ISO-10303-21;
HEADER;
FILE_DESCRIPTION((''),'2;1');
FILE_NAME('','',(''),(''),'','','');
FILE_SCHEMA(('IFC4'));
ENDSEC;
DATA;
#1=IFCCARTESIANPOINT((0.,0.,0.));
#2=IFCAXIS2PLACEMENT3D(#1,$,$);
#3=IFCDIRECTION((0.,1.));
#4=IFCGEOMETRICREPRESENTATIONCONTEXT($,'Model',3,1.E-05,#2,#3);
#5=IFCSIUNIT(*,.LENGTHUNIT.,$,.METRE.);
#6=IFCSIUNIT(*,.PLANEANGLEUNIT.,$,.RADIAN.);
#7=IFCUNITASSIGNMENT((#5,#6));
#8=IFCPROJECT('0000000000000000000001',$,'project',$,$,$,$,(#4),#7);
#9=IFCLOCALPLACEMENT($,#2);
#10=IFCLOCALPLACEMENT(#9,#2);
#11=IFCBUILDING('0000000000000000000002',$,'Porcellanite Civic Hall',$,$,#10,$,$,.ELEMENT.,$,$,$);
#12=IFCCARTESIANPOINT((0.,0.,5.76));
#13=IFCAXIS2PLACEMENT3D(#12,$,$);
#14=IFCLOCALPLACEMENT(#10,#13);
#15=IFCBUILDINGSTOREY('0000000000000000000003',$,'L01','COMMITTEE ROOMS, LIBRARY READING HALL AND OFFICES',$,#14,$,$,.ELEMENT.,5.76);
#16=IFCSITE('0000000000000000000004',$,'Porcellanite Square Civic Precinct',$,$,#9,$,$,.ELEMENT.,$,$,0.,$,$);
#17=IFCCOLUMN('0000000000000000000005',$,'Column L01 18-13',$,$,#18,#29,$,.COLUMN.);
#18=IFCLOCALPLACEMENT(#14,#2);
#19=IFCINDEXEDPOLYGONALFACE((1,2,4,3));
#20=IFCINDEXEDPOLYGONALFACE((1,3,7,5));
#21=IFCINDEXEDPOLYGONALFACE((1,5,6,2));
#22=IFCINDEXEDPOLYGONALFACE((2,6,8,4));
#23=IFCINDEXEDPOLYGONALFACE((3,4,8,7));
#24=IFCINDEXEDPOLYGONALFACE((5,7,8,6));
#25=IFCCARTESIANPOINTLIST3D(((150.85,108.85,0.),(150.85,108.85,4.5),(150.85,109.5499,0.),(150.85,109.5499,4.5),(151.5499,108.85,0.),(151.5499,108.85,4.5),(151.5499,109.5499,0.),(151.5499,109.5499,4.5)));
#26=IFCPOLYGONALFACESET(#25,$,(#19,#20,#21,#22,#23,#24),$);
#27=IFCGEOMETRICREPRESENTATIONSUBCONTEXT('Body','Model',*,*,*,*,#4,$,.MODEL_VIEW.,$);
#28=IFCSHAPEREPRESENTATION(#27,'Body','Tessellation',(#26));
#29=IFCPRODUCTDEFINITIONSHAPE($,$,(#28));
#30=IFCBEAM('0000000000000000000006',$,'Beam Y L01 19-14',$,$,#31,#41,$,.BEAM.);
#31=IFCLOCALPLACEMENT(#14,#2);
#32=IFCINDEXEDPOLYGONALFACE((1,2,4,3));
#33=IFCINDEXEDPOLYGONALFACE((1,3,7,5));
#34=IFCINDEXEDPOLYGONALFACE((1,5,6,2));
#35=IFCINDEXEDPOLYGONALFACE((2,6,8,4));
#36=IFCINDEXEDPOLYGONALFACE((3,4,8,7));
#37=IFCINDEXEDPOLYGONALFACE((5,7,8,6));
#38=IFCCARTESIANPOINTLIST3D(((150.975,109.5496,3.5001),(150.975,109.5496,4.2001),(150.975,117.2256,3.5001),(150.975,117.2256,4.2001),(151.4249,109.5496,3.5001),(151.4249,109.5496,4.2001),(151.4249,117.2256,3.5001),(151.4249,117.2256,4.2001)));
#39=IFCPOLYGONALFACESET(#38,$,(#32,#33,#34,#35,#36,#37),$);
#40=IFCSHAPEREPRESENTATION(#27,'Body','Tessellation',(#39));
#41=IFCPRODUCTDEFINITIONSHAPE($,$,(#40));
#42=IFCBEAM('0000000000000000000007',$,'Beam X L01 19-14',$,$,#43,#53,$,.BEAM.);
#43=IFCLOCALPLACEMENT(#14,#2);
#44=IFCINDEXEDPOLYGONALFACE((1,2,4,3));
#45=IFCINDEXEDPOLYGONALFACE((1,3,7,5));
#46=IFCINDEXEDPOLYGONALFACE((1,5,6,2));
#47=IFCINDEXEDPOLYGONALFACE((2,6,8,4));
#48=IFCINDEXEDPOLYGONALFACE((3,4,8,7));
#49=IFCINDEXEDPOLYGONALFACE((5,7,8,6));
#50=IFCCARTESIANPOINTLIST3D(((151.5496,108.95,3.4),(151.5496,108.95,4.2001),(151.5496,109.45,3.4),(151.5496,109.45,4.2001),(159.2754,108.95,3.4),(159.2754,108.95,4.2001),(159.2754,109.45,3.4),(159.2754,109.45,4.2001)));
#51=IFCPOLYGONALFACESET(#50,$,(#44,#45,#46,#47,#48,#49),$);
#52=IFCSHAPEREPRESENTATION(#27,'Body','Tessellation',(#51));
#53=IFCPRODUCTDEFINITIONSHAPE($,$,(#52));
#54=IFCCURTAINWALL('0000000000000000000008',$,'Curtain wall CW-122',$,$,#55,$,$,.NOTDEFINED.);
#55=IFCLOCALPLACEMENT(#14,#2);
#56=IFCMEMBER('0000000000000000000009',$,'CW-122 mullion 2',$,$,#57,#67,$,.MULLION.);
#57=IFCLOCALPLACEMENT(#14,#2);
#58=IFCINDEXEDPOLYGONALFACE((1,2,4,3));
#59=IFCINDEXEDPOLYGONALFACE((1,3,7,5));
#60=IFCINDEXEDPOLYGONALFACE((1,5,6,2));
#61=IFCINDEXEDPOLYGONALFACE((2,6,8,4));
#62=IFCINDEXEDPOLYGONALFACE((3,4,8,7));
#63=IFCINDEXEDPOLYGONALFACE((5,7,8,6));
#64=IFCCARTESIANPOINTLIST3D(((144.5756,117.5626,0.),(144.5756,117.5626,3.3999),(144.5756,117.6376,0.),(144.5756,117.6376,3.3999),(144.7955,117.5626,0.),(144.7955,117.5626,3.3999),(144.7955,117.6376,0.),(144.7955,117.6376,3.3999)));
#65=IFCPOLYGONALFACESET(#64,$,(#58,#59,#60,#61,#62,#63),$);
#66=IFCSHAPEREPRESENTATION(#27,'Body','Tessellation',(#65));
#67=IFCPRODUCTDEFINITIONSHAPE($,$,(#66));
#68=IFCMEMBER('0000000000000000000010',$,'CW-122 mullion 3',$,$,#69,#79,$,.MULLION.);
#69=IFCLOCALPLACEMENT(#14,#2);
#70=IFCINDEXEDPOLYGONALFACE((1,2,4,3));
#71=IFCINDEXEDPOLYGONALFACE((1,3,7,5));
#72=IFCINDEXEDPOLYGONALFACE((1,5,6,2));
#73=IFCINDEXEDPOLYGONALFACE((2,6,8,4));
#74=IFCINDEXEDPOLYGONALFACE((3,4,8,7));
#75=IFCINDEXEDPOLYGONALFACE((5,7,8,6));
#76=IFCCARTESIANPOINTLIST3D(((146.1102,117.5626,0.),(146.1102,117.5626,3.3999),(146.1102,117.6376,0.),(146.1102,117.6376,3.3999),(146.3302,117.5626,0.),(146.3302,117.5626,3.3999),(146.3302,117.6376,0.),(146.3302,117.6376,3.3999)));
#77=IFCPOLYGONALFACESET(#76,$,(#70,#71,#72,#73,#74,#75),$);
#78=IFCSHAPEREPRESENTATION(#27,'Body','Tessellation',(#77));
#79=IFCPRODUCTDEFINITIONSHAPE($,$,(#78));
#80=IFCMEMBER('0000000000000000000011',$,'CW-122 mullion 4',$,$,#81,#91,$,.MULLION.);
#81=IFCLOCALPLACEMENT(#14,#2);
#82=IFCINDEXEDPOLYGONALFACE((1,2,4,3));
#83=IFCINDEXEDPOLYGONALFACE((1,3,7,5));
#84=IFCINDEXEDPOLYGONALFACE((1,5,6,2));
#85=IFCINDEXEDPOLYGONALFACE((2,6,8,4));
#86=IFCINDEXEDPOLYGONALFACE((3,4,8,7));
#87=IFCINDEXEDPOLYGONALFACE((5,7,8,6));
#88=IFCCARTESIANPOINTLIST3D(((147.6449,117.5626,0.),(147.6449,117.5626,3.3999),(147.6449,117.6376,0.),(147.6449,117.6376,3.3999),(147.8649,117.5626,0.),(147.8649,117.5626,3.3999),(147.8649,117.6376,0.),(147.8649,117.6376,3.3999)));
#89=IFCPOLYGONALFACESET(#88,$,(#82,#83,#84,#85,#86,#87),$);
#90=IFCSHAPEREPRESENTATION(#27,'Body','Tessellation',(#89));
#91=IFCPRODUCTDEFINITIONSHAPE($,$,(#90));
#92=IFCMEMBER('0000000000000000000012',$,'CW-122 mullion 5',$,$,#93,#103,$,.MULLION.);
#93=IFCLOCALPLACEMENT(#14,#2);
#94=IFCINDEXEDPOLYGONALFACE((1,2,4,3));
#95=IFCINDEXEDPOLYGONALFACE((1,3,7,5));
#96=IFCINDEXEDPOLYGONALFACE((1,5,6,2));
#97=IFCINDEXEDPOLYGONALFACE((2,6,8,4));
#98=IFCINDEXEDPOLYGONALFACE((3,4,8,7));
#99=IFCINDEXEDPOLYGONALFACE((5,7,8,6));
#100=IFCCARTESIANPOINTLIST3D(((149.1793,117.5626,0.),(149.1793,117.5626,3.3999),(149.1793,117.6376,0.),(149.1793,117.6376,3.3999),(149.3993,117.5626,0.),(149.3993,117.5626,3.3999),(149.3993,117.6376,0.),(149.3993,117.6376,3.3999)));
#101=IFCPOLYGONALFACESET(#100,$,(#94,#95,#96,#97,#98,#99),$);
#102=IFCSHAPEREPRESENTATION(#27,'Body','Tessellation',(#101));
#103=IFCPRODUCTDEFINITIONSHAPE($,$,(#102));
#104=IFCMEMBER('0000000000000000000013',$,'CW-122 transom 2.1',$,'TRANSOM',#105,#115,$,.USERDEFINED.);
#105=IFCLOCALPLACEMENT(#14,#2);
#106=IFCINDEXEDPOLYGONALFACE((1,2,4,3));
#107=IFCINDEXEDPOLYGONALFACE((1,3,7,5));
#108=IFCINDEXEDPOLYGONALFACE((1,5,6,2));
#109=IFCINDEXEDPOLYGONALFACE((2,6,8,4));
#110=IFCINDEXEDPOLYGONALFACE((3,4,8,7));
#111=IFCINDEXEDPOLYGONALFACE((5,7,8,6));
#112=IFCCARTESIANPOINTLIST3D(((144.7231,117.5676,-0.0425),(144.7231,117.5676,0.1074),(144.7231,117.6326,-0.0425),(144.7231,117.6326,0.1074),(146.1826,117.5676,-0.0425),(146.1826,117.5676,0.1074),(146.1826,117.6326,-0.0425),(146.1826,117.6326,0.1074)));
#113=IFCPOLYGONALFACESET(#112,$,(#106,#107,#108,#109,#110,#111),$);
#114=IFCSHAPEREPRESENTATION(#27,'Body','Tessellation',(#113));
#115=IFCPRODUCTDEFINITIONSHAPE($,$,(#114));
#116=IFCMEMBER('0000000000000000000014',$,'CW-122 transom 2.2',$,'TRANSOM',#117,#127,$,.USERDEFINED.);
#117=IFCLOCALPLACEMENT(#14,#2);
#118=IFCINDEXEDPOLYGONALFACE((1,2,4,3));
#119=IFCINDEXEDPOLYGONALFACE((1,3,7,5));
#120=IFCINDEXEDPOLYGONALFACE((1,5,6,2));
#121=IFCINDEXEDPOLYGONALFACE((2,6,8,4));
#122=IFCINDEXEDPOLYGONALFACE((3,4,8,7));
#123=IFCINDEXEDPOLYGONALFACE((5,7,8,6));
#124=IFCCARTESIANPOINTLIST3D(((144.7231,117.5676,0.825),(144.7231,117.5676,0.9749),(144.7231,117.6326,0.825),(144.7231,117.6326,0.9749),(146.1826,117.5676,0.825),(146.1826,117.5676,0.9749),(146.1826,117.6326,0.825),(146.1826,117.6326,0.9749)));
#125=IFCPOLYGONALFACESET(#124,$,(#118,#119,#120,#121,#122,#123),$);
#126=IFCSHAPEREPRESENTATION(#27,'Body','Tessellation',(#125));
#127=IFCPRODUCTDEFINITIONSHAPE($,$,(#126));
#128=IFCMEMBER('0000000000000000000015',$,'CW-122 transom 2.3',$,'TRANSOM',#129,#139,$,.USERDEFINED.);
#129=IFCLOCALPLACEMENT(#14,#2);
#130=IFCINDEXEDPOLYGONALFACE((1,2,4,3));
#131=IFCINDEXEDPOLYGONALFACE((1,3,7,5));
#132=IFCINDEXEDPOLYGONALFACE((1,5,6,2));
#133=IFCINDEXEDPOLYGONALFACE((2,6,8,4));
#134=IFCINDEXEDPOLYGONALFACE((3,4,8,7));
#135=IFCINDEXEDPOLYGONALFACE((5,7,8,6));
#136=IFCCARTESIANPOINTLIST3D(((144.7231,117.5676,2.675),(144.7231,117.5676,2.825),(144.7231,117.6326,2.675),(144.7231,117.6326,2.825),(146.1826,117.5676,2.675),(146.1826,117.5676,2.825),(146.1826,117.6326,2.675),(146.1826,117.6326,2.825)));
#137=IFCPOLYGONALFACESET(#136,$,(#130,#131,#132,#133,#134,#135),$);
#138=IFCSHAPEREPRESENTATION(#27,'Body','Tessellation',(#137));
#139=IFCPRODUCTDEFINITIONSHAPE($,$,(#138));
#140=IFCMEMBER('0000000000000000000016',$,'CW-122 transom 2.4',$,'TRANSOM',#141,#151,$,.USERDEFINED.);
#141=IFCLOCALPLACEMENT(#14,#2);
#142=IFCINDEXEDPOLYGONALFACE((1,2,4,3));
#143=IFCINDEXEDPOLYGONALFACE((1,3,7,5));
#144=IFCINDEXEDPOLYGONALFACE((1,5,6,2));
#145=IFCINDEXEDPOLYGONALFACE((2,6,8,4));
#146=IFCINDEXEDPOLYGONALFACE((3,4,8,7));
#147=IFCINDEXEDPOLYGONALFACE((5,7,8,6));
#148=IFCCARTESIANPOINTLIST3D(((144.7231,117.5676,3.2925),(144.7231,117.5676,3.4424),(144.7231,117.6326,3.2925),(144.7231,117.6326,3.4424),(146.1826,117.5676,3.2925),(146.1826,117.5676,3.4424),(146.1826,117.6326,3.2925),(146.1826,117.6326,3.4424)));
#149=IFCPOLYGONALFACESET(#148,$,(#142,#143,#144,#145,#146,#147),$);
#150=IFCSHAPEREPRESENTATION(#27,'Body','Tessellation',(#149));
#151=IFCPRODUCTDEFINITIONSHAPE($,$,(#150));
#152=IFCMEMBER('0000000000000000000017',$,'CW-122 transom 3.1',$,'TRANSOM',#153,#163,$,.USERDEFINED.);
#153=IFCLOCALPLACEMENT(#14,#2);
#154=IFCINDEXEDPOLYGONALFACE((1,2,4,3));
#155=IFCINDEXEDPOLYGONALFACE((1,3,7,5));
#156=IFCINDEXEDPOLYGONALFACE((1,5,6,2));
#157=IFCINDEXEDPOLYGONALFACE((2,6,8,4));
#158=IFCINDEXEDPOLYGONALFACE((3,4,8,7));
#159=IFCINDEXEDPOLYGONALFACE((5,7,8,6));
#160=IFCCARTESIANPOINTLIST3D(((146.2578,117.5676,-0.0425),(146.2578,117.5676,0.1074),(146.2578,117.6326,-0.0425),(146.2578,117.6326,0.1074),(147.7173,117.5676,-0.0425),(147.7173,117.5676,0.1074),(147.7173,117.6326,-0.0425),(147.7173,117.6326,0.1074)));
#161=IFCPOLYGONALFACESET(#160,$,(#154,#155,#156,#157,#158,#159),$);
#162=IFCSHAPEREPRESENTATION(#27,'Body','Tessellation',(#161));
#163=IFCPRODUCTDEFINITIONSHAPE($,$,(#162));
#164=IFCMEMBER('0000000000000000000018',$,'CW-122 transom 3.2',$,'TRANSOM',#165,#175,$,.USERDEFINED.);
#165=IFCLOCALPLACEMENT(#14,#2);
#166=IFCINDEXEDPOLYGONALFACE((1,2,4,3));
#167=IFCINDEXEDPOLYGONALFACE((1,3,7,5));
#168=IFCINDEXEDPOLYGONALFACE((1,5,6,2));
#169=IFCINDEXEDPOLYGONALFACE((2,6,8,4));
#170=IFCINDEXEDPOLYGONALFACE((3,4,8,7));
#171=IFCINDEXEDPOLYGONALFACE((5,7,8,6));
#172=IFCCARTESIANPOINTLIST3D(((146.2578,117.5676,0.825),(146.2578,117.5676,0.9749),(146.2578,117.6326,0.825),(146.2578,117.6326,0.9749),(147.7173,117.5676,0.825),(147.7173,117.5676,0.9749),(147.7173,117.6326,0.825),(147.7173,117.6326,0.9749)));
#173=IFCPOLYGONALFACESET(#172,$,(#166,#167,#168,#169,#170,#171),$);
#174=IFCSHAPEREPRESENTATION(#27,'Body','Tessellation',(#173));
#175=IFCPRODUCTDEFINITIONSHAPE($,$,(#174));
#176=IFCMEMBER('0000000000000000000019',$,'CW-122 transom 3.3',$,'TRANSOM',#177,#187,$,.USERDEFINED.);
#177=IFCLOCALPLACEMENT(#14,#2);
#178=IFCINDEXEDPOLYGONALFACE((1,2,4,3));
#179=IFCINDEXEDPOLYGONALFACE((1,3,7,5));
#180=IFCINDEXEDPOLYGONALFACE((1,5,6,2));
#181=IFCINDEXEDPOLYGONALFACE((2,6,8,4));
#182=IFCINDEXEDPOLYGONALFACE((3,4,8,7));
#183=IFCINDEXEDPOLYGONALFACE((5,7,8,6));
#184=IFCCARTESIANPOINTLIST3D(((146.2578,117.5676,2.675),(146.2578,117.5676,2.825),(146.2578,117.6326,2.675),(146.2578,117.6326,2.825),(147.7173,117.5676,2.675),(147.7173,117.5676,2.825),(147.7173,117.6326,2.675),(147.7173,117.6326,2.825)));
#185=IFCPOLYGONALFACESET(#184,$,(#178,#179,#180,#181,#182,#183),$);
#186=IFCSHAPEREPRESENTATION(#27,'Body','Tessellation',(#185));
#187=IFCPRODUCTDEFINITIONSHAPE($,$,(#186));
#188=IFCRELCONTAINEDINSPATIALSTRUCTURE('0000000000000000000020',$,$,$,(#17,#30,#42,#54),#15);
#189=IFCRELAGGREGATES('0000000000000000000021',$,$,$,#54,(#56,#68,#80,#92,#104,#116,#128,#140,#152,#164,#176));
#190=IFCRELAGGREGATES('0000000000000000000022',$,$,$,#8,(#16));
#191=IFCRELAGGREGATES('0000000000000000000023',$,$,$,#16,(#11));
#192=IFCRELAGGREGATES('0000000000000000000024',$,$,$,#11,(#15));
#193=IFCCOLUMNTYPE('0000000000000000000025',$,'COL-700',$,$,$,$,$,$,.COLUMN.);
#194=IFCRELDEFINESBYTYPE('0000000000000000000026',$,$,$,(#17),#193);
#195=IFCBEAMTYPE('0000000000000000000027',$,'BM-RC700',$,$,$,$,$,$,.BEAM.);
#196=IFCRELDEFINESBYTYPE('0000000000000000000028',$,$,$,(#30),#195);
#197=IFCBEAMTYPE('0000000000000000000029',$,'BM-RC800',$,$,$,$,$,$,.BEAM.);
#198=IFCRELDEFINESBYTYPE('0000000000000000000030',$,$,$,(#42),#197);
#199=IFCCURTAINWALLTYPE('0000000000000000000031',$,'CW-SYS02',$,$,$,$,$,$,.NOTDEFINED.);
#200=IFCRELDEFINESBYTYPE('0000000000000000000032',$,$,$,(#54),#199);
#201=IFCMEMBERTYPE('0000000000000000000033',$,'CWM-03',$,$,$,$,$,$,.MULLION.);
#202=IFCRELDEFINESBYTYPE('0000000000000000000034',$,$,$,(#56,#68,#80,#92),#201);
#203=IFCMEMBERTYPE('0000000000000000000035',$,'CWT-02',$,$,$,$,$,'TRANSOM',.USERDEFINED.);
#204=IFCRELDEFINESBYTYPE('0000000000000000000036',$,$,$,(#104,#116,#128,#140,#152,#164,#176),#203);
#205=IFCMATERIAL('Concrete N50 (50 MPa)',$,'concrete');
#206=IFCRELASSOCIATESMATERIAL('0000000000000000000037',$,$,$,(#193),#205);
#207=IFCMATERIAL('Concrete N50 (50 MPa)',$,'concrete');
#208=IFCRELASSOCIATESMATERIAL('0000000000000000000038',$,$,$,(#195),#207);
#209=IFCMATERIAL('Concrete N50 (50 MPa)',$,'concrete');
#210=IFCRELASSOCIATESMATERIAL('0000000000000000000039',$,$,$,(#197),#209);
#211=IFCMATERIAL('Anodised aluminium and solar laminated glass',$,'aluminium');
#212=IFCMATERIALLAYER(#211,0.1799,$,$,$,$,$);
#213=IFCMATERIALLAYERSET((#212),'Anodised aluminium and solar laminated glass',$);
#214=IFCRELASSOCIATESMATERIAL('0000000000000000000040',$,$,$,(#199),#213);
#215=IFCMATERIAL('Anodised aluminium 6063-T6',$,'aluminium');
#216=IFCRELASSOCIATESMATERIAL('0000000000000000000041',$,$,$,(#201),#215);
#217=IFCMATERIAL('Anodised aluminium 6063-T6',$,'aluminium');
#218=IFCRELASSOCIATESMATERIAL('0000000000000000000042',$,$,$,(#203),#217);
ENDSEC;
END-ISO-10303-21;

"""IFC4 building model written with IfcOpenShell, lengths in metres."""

from ifc_helpers import new_model, si_unit, direction, frame, origin, origin_2d, place, context, subcontext, project, spatial, rectangle, extrude, material, layer, layer_set, material_profile, profile_set, type_object, element, aggregate, save


model = new_model("IFC4")

# Units and contexts
model_context = context("Model", 3, precision=1e-05, world=origin(), true_north=direction((0.0, 1.0)))
body_context = subcontext(model_context, "Body", "Model", "MODEL_VIEW")
ifc_project = project(units=[si_unit("LENGTHUNIT", "METRE"), si_unit("PLANEANGLEUNIT", "RADIAN")], contexts=[model_context])

# Site, building, storey
site_placement = place(None, origin())
site = spatial("IfcSite", under=ifc_project, at=site_placement, Name="Porcellanite Square Civic Precinct", CompositionType="ELEMENT", RefElevation=0.0)
building_placement = place(site_placement, origin())
building = spatial("IfcBuilding", under=site, at=building_placement, Name="Porcellanite Civic Hall", CompositionType="ELEMENT")
storey_placement = place(building_placement, frame((0.0, 0.0, 5.76)))
storey = spatial("IfcBuildingStorey", under=building, at=storey_placement, Name="L01", Description="COMMITTEE ROOMS, LIBRARY READING HALL AND OFFICES", CompositionType="ELEMENT", Elevation=5.76)

# Column
ifc_material_1 = material(Name="Concrete N50 (50 MPa)", Category="concrete")
ifc_material_profile_1 = material_profile(ifc_material_1, rectangle(XDim=0.7, YDim=0.7, at=origin_2d()), Name="RC-700x700")
ifc_profile_set_1 = profile_set([ifc_material_profile_1], Name="Concrete N50 (50 MPa)")
column_type = type_object("IfcColumnType", Name="COL-700", PredefinedType="COLUMN", material=ifc_profile_set_1)
column_placement = place(storey_placement, frame((151.2, 109.2, 0.0), z_axis=(0.0, 0.0, 1.0), x_axis=(1.0, 0.0, 0.0)))
element("IfcColumn", 1, at=column_placement, inside=storey, type_object=column_type, Name="Column L01 18-13", PredefinedType="COLUMN", context=body_context, shape_type="SweptSolid", body=[
    extrude(rectangle(XDim=0.7, YDim=0.7, at=origin_2d()), origin(), (0.0, 0.0, 1.0), 4.5),
])

# Beams
ifc_material_2 = material(Name="Concrete N50 (50 MPa)", Category="concrete")
ifc_material_profile_2 = material_profile(ifc_material_2, rectangle(XDim=0.45, YDim=0.7, at=origin_2d()), Name="RC-450x700")
ifc_profile_set_2 = profile_set([ifc_material_profile_2], Name="Concrete N50 (50 MPa)")
beam_type_1 = type_object("IfcBeamType", Name="BM-RC700", PredefinedType="BEAM", material=ifc_profile_set_2)
beam_1_placement = place(storey_placement, frame((151.2, 109.5496, 3.8501), z_axis=(0.0, 1.0, 0.0), x_axis=(-1.0, 0.0, 0.0)))
element("IfcBeam", 2, at=beam_1_placement, inside=storey, type_object=beam_type_1, Name="Beam Y L01 19-14", PredefinedType="BEAM", context=body_context, shape_type="SweptSolid", body=[
    extrude(rectangle(XDim=0.45, YDim=0.7, at=origin_2d()), origin(), (0.0, 0.0, 1.0), 7.676),
])
ifc_material_3 = material(Name="Concrete N50 (50 MPa)", Category="concrete")
ifc_material_profile_3 = material_profile(ifc_material_3, rectangle(XDim=0.5, YDim=0.8, at=origin_2d()), Name="RC-500x800")
ifc_profile_set_3 = profile_set([ifc_material_profile_3], Name="Concrete N50 (50 MPa)")
beam_type_2 = type_object("IfcBeamType", Name="BM-RC800", PredefinedType="BEAM", material=ifc_profile_set_3)
beam_2_placement = place(storey_placement, frame((151.5496, 109.2, 3.8), z_axis=(1.0, 0.0, 0.0), x_axis=(0.0, 1.0, 0.0)))
element("IfcBeam", 3, at=beam_2_placement, inside=storey, type_object=beam_type_2, Name="Beam X L01 19-14", PredefinedType="BEAM", context=body_context, shape_type="SweptSolid", body=[
    extrude(rectangle(XDim=0.5, YDim=0.8, at=origin_2d()), origin(), (0.0, 0.0, 1.0), 7.7258),
])

# Curtain wall, members
ifc_material_4 = material(Name="Anodised aluminium and solar laminated glass", Category="aluminium")
ifc_layer_1 = layer(ifc_material_4, 0.1799)
ifc_layer_set_1 = layer_set([ifc_layer_1], Name="Anodised aluminium and solar laminated glass")
curtain_wall_type = type_object("IfcCurtainWallType", Name="CW-SYS02", PredefinedType="NOTDEFINED", material=ifc_layer_set_1)
curtain_wall_placement = place(storey_placement, origin())
curtain_wall = element("IfcCurtainWall", 4, at=curtain_wall_placement, inside=storey, type_object=curtain_wall_type, Name="Curtain wall CW-122", PredefinedType="NOTDEFINED")
ifc_material_5 = material(Name="Anodised aluminium 6063-T6", Category="aluminium")
ifc_material_profile_4 = material_profile(ifc_material_5, rectangle(XDim=0.075, YDim=0.22, at=origin_2d()), Name="AL-75x220")
ifc_profile_set_4 = profile_set([ifc_material_profile_4], Name="Anodised aluminium 6063-T6")
member_type_1 = type_object("IfcMemberType", Name="CWM-03", PredefinedType="MULLION", material=ifc_profile_set_4)
member_1_placement = place(storey_placement, frame((144.6855, 117.6001, 0.0), z_axis=(0.0, 0.0, 1.0), x_axis=(0.0, 1.0, 0.0)))
member_1 = element("IfcMember", 5, at=member_1_placement, type_object=member_type_1, Name="CW-122 mullion 2", PredefinedType="MULLION", context=body_context, shape_type="SweptSolid", body=[
    extrude(rectangle(XDim=0.075, YDim=0.22, at=origin_2d()), origin(), (0.0, 0.0, 1.0), 3.3999),
])
member_2_placement = place(storey_placement, frame((146.2202, 117.6001, 0.0), z_axis=(0.0, 0.0, 1.0), x_axis=(0.0, 1.0, 0.0)))
member_2 = element("IfcMember", 6, at=member_2_placement, type_object=member_type_1, Name="CW-122 mullion 3", PredefinedType="MULLION", context=body_context, shape_type="SweptSolid", body=[
    extrude(rectangle(XDim=0.075, YDim=0.22, at=origin_2d()), origin(), (0.0, 0.0, 1.0), 3.3999),
])
member_3_placement = place(storey_placement, frame((147.7549, 117.6001, 0.0), z_axis=(0.0, 0.0, 1.0), x_axis=(0.0, 1.0, 0.0)))
member_3 = element("IfcMember", 7, at=member_3_placement, type_object=member_type_1, Name="CW-122 mullion 4", PredefinedType="MULLION", context=body_context, shape_type="SweptSolid", body=[
    extrude(rectangle(XDim=0.075, YDim=0.22, at=origin_2d()), origin(), (0.0, 0.0, 1.0), 3.3999),
])
member_4_placement = place(storey_placement, frame((149.2893, 117.6001, 0.0), z_axis=(0.0, 0.0, 1.0), x_axis=(0.0, 1.0, 0.0)))
member_4 = element("IfcMember", 8, at=member_4_placement, type_object=member_type_1, Name="CW-122 mullion 5", PredefinedType="MULLION", context=body_context, shape_type="SweptSolid", body=[
    extrude(rectangle(XDim=0.075, YDim=0.22, at=origin_2d()), origin(), (0.0, 0.0, 1.0), 3.3999),
])
ifc_material_6 = material(Name="Anodised aluminium 6063-T6", Category="aluminium")
ifc_material_profile_5 = material_profile(ifc_material_6, rectangle(XDim=0.0649, YDim=0.1499, at=origin_2d()), Name="AL-65x150")
ifc_profile_set_5 = profile_set([ifc_material_profile_5], Name="Anodised aluminium 6063-T6")
member_type_2 = type_object("IfcMemberType", Name="CWT-02", ElementType="TRANSOM", PredefinedType="USERDEFINED", material=ifc_profile_set_5)
member_5_placement = place(storey_placement, frame((144.7231, 117.6001, 0.0325), z_axis=(1.0, 0.0, 0.0), x_axis=(0.0, 1.0, 0.0)))
member_5 = element("IfcMember", 9, at=member_5_placement, type_object=member_type_2, Name="CW-122 transom 2.1", ObjectType="TRANSOM", PredefinedType="USERDEFINED", context=body_context, shape_type="SweptSolid", body=[
    extrude(rectangle(XDim=0.0649, YDim=0.1499, at=origin_2d()), origin(), (0.0, 0.0, 1.0), 1.4595),
])
member_6_placement = place(storey_placement, frame((144.7231, 117.6001, 0.8999), z_axis=(1.0, 0.0, 0.0), x_axis=(0.0, 1.0, 0.0)))
member_6 = element("IfcMember", 10, at=member_6_placement, type_object=member_type_2, Name="CW-122 transom 2.2", ObjectType="TRANSOM", PredefinedType="USERDEFINED", context=body_context, shape_type="SweptSolid", body=[
    extrude(rectangle(XDim=0.0649, YDim=0.1499, at=origin_2d()), origin(), (0.0, 0.0, 1.0), 1.4595),
])
member_7_placement = place(storey_placement, frame((144.7231, 117.6001, 2.75), z_axis=(1.0, 0.0, 0.0), x_axis=(0.0, 1.0, 0.0)))
member_7 = element("IfcMember", 11, at=member_7_placement, type_object=member_type_2, Name="CW-122 transom 2.3", ObjectType="TRANSOM", PredefinedType="USERDEFINED", context=body_context, shape_type="SweptSolid", body=[
    extrude(rectangle(XDim=0.0649, YDim=0.1499, at=origin_2d()), origin(), (0.0, 0.0, 1.0), 1.4595),
])
member_8_placement = place(storey_placement, frame((144.7231, 117.6001, 3.3674), z_axis=(1.0, 0.0, 0.0), x_axis=(0.0, 1.0, 0.0)))
member_8 = element("IfcMember", 12, at=member_8_placement, type_object=member_type_2, Name="CW-122 transom 2.4", ObjectType="TRANSOM", PredefinedType="USERDEFINED", context=body_context, shape_type="SweptSolid", body=[
    extrude(rectangle(XDim=0.0649, YDim=0.1499, at=origin_2d()), origin(), (0.0, 0.0, 1.0), 1.4595),
])
member_9_placement = place(storey_placement, frame((146.2578, 117.6001, 0.0325), z_axis=(1.0, 0.0, 0.0), x_axis=(0.0, 1.0, 0.0)))
member_9 = element("IfcMember", 13, at=member_9_placement, type_object=member_type_2, Name="CW-122 transom 3.1", ObjectType="TRANSOM", PredefinedType="USERDEFINED", context=body_context, shape_type="SweptSolid", body=[
    extrude(rectangle(XDim=0.0649, YDim=0.1499, at=origin_2d()), origin(), (0.0, 0.0, 1.0), 1.4595),
])
member_10_placement = place(storey_placement, frame((146.2578, 117.6001, 0.8999), z_axis=(1.0, 0.0, 0.0), x_axis=(0.0, 1.0, 0.0)))
member_10 = element("IfcMember", 14, at=member_10_placement, type_object=member_type_2, Name="CW-122 transom 3.2", ObjectType="TRANSOM", PredefinedType="USERDEFINED", context=body_context, shape_type="SweptSolid", body=[
    extrude(rectangle(XDim=0.0649, YDim=0.1499, at=origin_2d()), origin(), (0.0, 0.0, 1.0), 1.4595),
])
member_11_placement = place(storey_placement, frame((146.2578, 117.6001, 2.75), z_axis=(1.0, 0.0, 0.0), x_axis=(0.0, 1.0, 0.0)))
member_11 = element("IfcMember", 15, at=member_11_placement, type_object=member_type_2, Name="CW-122 transom 3.3", ObjectType="TRANSOM", PredefinedType="USERDEFINED", context=body_context, shape_type="SweptSolid", body=[
    extrude(rectangle(XDim=0.0649, YDim=0.1499, at=origin_2d()), origin(), (0.0, 0.0, 1.0), 1.4595),
])

aggregate(curtain_wall, [member_1, member_2, member_3, member_4, member_5, member_6, member_7, member_8, member_9, member_10, member_11])

save(model, "model.ifc")
